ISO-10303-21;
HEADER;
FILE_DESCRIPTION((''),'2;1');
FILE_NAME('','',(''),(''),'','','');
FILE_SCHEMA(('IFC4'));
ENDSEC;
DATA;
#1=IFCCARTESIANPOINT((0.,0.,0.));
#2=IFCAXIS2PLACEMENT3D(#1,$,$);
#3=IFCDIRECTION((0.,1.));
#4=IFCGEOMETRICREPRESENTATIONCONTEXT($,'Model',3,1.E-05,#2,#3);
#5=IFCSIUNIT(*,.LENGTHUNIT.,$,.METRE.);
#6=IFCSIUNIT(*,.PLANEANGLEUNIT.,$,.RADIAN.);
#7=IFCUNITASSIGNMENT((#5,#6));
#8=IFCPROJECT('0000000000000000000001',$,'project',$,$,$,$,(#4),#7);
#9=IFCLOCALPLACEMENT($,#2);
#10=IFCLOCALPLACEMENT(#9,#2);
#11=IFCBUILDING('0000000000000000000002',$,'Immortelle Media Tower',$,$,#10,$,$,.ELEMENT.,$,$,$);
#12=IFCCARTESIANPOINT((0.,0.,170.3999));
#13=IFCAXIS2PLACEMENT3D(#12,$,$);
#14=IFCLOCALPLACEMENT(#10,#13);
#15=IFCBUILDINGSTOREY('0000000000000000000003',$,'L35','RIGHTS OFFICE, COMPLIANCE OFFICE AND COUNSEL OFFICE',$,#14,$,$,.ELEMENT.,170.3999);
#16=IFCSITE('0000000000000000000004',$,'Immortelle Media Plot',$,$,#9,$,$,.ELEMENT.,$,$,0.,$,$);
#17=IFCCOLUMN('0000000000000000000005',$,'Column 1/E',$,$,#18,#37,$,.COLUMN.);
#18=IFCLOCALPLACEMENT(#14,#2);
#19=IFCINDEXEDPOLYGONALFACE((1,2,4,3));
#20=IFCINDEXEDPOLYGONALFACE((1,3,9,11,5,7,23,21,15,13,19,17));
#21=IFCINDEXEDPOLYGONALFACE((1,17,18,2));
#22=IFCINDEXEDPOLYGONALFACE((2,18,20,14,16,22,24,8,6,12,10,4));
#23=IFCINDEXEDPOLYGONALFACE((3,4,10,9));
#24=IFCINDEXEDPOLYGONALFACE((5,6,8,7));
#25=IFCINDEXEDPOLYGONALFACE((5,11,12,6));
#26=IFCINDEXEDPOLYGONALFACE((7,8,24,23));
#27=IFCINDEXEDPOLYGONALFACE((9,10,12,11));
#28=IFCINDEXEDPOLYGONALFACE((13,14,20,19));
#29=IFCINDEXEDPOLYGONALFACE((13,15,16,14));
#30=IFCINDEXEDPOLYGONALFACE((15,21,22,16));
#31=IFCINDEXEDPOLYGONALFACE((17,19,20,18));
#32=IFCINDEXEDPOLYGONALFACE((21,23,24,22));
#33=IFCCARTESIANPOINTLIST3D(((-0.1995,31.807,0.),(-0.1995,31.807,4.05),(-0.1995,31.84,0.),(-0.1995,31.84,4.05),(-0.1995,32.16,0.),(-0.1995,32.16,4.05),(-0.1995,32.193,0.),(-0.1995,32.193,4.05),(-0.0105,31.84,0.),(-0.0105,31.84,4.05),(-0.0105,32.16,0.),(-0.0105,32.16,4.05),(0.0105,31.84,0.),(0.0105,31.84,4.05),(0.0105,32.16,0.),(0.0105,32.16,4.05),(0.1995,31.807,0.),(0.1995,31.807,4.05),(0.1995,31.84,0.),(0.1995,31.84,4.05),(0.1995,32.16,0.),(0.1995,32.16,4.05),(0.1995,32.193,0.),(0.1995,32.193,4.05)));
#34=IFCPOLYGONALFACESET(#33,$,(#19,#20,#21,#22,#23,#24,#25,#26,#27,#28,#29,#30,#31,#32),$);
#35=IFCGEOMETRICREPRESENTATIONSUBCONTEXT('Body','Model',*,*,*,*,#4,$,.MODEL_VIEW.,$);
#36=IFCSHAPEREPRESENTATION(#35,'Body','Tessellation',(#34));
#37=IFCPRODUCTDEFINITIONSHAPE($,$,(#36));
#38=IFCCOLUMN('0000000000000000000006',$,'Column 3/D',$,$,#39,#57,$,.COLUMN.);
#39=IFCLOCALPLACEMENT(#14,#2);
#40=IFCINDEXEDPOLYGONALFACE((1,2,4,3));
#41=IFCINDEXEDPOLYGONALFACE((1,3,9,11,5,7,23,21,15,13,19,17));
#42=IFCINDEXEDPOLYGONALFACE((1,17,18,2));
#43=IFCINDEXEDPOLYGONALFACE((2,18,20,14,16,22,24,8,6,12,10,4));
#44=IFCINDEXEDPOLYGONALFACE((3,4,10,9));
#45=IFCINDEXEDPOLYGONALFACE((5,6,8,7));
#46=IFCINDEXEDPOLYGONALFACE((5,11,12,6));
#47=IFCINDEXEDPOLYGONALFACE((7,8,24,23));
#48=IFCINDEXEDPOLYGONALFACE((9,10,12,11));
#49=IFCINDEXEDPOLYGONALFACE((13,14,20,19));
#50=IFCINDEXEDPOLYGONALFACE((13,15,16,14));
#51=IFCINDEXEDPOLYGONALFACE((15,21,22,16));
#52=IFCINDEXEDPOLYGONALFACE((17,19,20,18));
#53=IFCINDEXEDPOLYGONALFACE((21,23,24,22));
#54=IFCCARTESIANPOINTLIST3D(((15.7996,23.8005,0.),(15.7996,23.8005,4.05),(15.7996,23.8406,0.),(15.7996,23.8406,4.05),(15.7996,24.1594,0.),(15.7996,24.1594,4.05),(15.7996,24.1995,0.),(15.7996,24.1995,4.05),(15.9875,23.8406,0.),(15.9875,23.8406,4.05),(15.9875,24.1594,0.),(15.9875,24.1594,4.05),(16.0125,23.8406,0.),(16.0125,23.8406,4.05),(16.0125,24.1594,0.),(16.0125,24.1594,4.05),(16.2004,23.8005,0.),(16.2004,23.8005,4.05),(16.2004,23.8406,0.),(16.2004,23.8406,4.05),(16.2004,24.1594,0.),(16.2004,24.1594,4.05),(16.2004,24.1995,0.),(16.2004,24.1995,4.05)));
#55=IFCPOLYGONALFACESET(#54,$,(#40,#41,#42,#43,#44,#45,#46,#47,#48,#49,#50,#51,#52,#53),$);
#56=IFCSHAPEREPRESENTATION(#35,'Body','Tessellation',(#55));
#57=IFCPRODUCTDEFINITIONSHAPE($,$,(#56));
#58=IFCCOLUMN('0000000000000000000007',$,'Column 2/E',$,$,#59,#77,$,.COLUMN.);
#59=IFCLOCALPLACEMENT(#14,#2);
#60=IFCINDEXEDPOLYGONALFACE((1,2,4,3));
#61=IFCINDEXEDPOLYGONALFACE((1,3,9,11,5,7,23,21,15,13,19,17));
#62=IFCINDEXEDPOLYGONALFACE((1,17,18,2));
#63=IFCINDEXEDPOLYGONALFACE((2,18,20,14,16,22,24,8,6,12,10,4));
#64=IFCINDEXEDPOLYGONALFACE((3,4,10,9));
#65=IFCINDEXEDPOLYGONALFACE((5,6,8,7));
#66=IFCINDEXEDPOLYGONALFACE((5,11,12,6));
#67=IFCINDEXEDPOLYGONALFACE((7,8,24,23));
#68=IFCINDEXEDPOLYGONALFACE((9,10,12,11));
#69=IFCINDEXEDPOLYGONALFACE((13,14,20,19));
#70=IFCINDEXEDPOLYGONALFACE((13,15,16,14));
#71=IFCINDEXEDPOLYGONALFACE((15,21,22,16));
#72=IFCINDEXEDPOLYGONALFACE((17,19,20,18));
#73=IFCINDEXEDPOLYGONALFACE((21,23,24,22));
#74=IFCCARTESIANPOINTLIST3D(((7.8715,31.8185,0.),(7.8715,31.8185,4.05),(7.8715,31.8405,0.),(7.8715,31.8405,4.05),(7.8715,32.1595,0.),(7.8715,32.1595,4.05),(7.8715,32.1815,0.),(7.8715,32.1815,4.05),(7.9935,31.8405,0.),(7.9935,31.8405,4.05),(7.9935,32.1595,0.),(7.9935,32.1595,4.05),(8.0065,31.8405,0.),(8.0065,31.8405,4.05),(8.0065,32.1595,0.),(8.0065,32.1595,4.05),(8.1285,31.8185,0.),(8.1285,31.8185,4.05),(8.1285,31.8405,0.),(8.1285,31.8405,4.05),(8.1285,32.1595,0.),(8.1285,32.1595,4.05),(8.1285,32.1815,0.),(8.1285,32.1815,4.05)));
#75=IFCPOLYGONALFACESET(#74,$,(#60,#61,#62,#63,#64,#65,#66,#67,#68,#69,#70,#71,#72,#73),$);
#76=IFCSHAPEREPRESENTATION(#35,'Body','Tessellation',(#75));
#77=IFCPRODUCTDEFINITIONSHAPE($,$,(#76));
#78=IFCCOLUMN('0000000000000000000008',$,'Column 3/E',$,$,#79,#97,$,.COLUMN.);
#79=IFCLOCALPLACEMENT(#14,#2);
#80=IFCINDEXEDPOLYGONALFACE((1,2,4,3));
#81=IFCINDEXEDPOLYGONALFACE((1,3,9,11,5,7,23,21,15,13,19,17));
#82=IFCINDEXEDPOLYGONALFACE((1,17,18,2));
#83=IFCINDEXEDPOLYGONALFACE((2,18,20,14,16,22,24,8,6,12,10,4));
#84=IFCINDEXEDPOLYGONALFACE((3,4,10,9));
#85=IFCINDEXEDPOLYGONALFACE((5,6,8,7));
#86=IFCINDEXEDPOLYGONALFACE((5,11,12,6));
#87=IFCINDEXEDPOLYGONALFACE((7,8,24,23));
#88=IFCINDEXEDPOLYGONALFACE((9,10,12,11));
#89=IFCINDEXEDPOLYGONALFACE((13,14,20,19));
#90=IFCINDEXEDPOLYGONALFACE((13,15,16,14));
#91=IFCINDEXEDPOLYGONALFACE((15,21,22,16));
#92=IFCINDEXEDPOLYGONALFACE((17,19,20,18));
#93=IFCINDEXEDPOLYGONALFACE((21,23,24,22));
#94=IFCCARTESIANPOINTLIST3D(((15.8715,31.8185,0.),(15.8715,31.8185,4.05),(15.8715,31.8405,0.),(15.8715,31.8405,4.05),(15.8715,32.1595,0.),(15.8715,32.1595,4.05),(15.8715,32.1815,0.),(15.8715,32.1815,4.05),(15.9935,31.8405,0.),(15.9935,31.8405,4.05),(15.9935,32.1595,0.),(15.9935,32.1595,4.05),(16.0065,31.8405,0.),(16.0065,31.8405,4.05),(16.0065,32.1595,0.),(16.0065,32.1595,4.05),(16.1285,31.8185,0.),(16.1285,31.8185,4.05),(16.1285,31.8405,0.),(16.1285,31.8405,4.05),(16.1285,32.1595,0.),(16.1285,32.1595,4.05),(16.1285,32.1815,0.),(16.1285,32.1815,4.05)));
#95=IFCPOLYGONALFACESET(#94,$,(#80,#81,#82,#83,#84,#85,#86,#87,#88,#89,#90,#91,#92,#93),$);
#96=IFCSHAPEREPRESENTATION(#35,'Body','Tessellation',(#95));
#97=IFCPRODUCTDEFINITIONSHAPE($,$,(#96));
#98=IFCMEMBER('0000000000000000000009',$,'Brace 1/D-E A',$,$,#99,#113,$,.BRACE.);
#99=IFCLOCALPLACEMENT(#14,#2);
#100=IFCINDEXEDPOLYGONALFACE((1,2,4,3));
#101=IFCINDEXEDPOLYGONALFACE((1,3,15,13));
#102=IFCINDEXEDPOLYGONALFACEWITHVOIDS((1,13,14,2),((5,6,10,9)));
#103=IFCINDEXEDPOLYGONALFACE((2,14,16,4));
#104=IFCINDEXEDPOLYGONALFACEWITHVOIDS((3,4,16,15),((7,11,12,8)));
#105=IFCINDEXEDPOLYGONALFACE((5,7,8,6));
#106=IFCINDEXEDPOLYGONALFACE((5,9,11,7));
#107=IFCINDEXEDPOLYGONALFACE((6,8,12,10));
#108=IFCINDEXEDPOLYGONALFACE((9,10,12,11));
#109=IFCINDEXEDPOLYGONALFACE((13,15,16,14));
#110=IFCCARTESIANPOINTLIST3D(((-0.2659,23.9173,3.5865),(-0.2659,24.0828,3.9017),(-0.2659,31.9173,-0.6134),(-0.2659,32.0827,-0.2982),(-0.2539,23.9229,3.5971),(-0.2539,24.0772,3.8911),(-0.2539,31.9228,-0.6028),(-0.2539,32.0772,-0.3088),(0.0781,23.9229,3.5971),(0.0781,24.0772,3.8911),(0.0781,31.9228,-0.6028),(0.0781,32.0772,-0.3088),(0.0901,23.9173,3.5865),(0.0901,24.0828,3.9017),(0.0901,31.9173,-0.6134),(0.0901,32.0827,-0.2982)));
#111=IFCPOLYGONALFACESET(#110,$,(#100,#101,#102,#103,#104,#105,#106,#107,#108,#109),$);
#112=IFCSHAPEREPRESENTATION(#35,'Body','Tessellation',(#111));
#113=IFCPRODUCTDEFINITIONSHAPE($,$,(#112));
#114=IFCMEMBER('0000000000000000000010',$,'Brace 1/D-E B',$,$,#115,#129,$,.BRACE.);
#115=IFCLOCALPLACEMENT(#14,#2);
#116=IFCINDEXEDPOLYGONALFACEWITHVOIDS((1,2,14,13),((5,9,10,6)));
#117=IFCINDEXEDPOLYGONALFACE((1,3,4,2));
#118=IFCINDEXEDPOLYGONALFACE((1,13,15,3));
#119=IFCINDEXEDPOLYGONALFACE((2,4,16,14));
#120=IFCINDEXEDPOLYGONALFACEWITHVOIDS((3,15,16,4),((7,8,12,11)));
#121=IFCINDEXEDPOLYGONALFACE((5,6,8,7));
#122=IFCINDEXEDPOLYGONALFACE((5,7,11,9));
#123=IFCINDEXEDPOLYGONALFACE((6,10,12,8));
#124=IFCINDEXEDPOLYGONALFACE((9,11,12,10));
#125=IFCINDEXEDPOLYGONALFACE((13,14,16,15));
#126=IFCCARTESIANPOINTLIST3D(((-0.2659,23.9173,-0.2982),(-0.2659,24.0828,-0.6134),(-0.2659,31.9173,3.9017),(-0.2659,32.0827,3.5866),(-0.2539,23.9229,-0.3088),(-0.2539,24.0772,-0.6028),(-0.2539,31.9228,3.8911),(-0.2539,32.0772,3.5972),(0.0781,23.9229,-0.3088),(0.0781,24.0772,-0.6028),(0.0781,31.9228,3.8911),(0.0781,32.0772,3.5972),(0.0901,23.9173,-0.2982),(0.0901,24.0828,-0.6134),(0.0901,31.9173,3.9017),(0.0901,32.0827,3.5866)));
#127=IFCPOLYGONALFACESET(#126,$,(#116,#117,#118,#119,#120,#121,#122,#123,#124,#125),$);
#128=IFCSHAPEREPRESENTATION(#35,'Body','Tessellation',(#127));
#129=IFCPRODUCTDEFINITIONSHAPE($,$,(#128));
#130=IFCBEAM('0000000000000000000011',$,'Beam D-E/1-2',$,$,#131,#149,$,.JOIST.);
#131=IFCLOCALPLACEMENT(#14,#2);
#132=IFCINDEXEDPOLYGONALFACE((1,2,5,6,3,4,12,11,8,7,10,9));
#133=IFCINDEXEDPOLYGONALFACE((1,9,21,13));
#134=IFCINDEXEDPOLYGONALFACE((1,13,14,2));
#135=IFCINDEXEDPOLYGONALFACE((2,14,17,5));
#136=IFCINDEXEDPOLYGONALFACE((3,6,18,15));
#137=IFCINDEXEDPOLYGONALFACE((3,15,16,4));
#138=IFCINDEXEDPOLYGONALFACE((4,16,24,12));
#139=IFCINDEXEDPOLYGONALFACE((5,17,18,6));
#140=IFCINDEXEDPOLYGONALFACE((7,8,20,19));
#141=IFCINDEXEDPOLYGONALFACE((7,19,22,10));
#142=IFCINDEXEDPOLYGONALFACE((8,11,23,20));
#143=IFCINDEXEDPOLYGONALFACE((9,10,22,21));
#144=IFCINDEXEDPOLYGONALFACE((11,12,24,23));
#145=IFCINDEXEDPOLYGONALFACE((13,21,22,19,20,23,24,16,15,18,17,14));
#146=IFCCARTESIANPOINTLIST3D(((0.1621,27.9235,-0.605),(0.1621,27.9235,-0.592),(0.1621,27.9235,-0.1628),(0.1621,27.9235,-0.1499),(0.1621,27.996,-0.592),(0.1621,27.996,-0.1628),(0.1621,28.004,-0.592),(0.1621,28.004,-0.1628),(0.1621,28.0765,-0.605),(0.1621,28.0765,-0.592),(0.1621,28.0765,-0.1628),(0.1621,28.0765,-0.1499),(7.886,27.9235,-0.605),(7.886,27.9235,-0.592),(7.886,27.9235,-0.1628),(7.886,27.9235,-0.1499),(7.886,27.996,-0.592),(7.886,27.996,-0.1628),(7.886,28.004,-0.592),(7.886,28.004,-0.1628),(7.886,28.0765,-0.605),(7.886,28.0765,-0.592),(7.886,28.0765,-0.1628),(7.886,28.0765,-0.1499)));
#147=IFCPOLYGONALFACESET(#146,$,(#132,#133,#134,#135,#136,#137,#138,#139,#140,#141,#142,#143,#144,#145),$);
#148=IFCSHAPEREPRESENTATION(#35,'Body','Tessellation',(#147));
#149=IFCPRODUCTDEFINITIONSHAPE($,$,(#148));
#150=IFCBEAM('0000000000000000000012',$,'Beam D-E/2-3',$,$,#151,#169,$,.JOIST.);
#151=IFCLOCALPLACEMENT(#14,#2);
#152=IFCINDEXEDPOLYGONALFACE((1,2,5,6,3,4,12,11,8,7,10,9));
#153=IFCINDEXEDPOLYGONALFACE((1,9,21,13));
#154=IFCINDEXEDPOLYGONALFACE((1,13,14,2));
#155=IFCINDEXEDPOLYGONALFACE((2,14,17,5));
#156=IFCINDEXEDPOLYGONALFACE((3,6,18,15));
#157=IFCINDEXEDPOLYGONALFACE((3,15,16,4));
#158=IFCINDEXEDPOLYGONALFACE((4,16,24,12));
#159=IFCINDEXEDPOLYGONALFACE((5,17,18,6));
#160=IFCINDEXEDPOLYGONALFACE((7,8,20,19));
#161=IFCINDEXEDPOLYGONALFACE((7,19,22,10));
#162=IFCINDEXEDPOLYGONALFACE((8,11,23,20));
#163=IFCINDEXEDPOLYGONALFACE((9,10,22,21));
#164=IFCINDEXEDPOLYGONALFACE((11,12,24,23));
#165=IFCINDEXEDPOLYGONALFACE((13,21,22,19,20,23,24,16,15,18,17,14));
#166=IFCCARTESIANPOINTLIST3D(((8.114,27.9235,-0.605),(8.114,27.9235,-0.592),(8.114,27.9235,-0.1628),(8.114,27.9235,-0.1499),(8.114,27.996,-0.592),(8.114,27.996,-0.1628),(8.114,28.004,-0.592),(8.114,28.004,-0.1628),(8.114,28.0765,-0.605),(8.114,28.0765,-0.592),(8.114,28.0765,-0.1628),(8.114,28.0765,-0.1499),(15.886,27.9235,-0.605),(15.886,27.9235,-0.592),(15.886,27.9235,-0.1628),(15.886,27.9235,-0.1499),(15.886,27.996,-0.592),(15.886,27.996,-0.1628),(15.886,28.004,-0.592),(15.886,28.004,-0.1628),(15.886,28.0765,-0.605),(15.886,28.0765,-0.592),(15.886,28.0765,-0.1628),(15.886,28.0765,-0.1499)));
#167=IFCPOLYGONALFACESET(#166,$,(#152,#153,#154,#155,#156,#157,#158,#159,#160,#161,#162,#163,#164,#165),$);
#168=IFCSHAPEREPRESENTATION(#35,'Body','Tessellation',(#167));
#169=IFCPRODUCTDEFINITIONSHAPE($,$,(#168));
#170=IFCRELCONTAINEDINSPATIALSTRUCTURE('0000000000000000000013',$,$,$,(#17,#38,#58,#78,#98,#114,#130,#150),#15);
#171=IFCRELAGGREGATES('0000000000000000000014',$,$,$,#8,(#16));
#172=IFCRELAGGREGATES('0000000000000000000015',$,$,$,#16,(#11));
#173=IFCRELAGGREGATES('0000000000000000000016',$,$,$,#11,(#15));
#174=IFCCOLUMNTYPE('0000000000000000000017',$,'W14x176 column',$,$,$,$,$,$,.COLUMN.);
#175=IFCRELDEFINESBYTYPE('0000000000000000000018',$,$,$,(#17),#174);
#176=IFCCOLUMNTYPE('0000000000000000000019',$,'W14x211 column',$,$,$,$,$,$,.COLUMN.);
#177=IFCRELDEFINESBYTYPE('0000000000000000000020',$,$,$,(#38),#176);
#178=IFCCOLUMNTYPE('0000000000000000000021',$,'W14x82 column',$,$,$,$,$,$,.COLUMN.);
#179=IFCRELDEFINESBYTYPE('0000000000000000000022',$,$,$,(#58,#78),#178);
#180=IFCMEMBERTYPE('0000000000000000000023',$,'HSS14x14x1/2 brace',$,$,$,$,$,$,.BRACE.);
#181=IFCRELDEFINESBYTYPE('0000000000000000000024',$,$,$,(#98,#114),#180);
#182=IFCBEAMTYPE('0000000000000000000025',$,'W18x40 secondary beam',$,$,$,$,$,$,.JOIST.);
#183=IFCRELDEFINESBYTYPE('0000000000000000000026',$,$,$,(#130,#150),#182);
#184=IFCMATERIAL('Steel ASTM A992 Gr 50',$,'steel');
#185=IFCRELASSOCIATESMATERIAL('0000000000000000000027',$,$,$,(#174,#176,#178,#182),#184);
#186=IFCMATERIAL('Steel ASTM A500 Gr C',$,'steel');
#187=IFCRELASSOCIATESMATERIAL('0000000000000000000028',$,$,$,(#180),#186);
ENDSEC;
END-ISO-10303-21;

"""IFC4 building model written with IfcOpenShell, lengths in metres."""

from ifc_helpers import new_model, si_unit, direction, frame, origin, origin_2d, place, context, subcontext, project, spatial, hollow_rectangle, i_section, extrude, material, material_profile, profile_set, type_object, element, save


model = new_model("IFC4")

# Units and contexts
model_context = context("Model", 3, precision=1e-05, world=origin(), true_north=direction((0.0, 1.0)))
body_context = subcontext(model_context, "Body", "Model", "MODEL_VIEW")
ifc_project = project(units=[si_unit("LENGTHUNIT", "METRE"), si_unit("PLANEANGLEUNIT", "RADIAN")], contexts=[model_context])

# Site, building, storey
site_placement = place(None, origin())
site = spatial("IfcSite", under=ifc_project, at=site_placement, Name="Immortelle Media Plot", CompositionType="ELEMENT", RefElevation=0.0)
building_placement = place(site_placement, origin())
building = spatial("IfcBuilding", under=site, at=building_placement, Name="Immortelle Media Tower", CompositionType="ELEMENT")
storey_placement = place(building_placement, frame((0.0, 0.0, 170.3999)))
storey = spatial("IfcBuildingStorey", under=building, at=storey_placement, Name="L35", Description="RIGHTS OFFICE, COMPLIANCE OFFICE AND COUNSEL OFFICE", CompositionType="ELEMENT", Elevation=170.3999)

# Columns
ifc_material_1 = material(Name="Steel ASTM A992 Gr 50", Category="steel")
ifc_material_profile_1 = material_profile(ifc_material_1, i_section(OverallWidth=0.3989, OverallDepth=0.386, WebThickness=0.021, FlangeThickness=0.033, at=origin_2d()), Name="W14x176")
ifc_profile_set_1 = profile_set([ifc_material_profile_1], Name="Steel ASTM A992 Gr 50")
column_type_1 = type_object("IfcColumnType", Name="W14x176 column", PredefinedType="COLUMN", material=ifc_profile_set_1)
column_1_placement = place(storey_placement, frame((0.0, 32.0, 0.0), z_axis=(0.0, 0.0, 1.0), x_axis=(1.0, 0.0, 0.0)))
element("IfcColumn", 1, at=column_1_placement, inside=storey, type_object=column_type_1, Name="Column 1/E", PredefinedType="COLUMN", context=body_context, shape_type="SweptSolid", body=[
    extrude(i_section(OverallWidth=0.3989, OverallDepth=0.386, WebThickness=0.021, FlangeThickness=0.033, at=origin_2d()), origin(), (0.0, 0.0, 1.0), 4.05),
])
ifc_material_profile_2 = material_profile(ifc_material_1, i_section(OverallWidth=0.4009, OverallDepth=0.3989, WebThickness=0.0249, FlangeThickness=0.04, at=origin_2d()), Name="W14x211")
ifc_profile_set_2 = profile_set([ifc_material_profile_2], Name="Steel ASTM A992 Gr 50")
column_type_2 = type_object("IfcColumnType", Name="W14x211 column", PredefinedType="COLUMN", material=ifc_profile_set_2)
column_2_placement = place(storey_placement, frame((16.0, 24.0, 0.0), z_axis=(0.0, 0.0, 1.0), x_axis=(1.0, 0.0, 0.0)))
element("IfcColumn", 2, at=column_2_placement, inside=storey, type_object=column_type_2, Name="Column 3/D", PredefinedType="COLUMN", context=body_context, shape_type="SweptSolid", body=[
    extrude(i_section(OverallWidth=0.4009, OverallDepth=0.3989, WebThickness=0.0249, FlangeThickness=0.04, at=origin_2d()), origin(), (0.0, 0.0, 1.0), 4.05),
])
ifc_material_profile_3 = material_profile(ifc_material_1, i_section(OverallWidth=0.2571, OverallDepth=0.363, WebThickness=0.0129, FlangeThickness=0.022, at=origin_2d()), Name="W14x82")
ifc_profile_set_3 = profile_set([ifc_material_profile_3], Name="Steel ASTM A992 Gr 50")
column_type_3 = type_object("IfcColumnType", Name="W14x82 column", PredefinedType="COLUMN", material=ifc_profile_set_3)
for number, where, z_axis, x_axis, name in (
    (3, (8.0, 32.0, 0.0), (0.0, 0.0, 1.0), (1.0, 0.0, 0.0), "Column 2/E"),
    (4, (16.0, 32.0, 0.0), (0.0, 0.0, 1.0), (1.0, 0.0, 0.0), "Column 3/E"),
):
    element("IfcColumn", number, at=place(storey_placement, frame(where, z_axis=z_axis, x_axis=x_axis)), inside=storey, type_object=column_type_3, Name=name, PredefinedType="COLUMN", context=body_context, shape_type="SweptSolid", body=[
        extrude(i_section(OverallWidth=0.2571, OverallDepth=0.363, WebThickness=0.0129, FlangeThickness=0.022, at=origin_2d()), origin(), (0.0, 0.0, 1.0), 4.05),
    ])

# Members
ifc_material_2 = material(Name="Steel ASTM A500 Gr C", Category="steel")
ifc_material_profile_4 = material_profile(ifc_material_2, hollow_rectangle(XDim=0.356, YDim=0.356, WallThickness=0.012, at=origin_2d()), Name="HSS14x14x1/2 brace")
ifc_profile_set_4 = profile_set([ifc_material_profile_4], Name="Steel ASTM A500 Gr C")
member_type = type_object("IfcMemberType", Name="HSS14x14x1/2 brace", PredefinedType="BRACE", material=ifc_profile_set_4)
for number, where, z_axis, x_axis, name in (
    (5, (-0.0879, 32.0, -0.4558), (0.0, -0.8854, 0.46483), (1.0, 0.0, 0.0), "Brace 1/D-E A"),
    (6, (-0.0879, 32.0, 3.7441), (0.0, -0.8854, -0.46483), (1.0, 0.0, 0.0), "Brace 1/D-E B"),
):
    element("IfcMember", number, at=place(storey_placement, frame(where, z_axis=z_axis, x_axis=x_axis)), inside=storey, type_object=member_type, Name=name, PredefinedType="BRACE", context=body_context, shape_type="SweptSolid", body=[
        extrude(hollow_rectangle(XDim=0.356, YDim=0.356, WallThickness=0.012, at=origin_2d()), origin(), (0.0, 0.0, 1.0), 9.0354),
    ])

# Beams
ifc_material_profile_5 = material_profile(ifc_material_1, i_section(OverallWidth=0.1531, OverallDepth=0.4551, WebThickness=0.0081, FlangeThickness=0.0129, at=origin_2d()), Name="W18x40")
ifc_profile_set_5 = profile_set([ifc_material_profile_5], Name="Steel ASTM A992 Gr 50")
beam_type_1 = type_object("IfcBeamType", Name="W18x40 secondary beam", PredefinedType="JOIST", material=ifc_profile_set_5)
beam_1_placement = place(storey_placement, frame((0.1621, 28.0, -0.3774), z_axis=(1.0, 0.0, 0.0), x_axis=(0.0, 1.0, 0.0)))
element("IfcBeam", 7, at=beam_1_placement, inside=storey, type_object=beam_type_1, Name="Beam D-E/1-2", PredefinedType="JOIST", context=body_context, shape_type="SweptSolid", body=[
    extrude(i_section(OverallWidth=0.1531, OverallDepth=0.4551, WebThickness=0.0081, FlangeThickness=0.0129, at=origin_2d()), origin(), (0.0, 0.0, 1.0), 7.7239),
])
beam_2_placement = place(storey_placement, frame((8.114, 28.0, -0.3774), z_axis=(1.0, 0.0, 0.0), x_axis=(0.0, 1.0, 0.0)))
element("IfcBeam", 8, at=beam_2_placement, inside=storey, type_object=beam_type_1, Name="Beam D-E/2-3", PredefinedType="JOIST", context=body_context, shape_type="SweptSolid", body=[
    extrude(i_section(OverallWidth=0.1531, OverallDepth=0.4551, WebThickness=0.0081, FlangeThickness=0.0129, at=origin_2d()), origin(), (0.0, 0.0, 1.0), 7.772),
])

save(model, "model.ifc")
